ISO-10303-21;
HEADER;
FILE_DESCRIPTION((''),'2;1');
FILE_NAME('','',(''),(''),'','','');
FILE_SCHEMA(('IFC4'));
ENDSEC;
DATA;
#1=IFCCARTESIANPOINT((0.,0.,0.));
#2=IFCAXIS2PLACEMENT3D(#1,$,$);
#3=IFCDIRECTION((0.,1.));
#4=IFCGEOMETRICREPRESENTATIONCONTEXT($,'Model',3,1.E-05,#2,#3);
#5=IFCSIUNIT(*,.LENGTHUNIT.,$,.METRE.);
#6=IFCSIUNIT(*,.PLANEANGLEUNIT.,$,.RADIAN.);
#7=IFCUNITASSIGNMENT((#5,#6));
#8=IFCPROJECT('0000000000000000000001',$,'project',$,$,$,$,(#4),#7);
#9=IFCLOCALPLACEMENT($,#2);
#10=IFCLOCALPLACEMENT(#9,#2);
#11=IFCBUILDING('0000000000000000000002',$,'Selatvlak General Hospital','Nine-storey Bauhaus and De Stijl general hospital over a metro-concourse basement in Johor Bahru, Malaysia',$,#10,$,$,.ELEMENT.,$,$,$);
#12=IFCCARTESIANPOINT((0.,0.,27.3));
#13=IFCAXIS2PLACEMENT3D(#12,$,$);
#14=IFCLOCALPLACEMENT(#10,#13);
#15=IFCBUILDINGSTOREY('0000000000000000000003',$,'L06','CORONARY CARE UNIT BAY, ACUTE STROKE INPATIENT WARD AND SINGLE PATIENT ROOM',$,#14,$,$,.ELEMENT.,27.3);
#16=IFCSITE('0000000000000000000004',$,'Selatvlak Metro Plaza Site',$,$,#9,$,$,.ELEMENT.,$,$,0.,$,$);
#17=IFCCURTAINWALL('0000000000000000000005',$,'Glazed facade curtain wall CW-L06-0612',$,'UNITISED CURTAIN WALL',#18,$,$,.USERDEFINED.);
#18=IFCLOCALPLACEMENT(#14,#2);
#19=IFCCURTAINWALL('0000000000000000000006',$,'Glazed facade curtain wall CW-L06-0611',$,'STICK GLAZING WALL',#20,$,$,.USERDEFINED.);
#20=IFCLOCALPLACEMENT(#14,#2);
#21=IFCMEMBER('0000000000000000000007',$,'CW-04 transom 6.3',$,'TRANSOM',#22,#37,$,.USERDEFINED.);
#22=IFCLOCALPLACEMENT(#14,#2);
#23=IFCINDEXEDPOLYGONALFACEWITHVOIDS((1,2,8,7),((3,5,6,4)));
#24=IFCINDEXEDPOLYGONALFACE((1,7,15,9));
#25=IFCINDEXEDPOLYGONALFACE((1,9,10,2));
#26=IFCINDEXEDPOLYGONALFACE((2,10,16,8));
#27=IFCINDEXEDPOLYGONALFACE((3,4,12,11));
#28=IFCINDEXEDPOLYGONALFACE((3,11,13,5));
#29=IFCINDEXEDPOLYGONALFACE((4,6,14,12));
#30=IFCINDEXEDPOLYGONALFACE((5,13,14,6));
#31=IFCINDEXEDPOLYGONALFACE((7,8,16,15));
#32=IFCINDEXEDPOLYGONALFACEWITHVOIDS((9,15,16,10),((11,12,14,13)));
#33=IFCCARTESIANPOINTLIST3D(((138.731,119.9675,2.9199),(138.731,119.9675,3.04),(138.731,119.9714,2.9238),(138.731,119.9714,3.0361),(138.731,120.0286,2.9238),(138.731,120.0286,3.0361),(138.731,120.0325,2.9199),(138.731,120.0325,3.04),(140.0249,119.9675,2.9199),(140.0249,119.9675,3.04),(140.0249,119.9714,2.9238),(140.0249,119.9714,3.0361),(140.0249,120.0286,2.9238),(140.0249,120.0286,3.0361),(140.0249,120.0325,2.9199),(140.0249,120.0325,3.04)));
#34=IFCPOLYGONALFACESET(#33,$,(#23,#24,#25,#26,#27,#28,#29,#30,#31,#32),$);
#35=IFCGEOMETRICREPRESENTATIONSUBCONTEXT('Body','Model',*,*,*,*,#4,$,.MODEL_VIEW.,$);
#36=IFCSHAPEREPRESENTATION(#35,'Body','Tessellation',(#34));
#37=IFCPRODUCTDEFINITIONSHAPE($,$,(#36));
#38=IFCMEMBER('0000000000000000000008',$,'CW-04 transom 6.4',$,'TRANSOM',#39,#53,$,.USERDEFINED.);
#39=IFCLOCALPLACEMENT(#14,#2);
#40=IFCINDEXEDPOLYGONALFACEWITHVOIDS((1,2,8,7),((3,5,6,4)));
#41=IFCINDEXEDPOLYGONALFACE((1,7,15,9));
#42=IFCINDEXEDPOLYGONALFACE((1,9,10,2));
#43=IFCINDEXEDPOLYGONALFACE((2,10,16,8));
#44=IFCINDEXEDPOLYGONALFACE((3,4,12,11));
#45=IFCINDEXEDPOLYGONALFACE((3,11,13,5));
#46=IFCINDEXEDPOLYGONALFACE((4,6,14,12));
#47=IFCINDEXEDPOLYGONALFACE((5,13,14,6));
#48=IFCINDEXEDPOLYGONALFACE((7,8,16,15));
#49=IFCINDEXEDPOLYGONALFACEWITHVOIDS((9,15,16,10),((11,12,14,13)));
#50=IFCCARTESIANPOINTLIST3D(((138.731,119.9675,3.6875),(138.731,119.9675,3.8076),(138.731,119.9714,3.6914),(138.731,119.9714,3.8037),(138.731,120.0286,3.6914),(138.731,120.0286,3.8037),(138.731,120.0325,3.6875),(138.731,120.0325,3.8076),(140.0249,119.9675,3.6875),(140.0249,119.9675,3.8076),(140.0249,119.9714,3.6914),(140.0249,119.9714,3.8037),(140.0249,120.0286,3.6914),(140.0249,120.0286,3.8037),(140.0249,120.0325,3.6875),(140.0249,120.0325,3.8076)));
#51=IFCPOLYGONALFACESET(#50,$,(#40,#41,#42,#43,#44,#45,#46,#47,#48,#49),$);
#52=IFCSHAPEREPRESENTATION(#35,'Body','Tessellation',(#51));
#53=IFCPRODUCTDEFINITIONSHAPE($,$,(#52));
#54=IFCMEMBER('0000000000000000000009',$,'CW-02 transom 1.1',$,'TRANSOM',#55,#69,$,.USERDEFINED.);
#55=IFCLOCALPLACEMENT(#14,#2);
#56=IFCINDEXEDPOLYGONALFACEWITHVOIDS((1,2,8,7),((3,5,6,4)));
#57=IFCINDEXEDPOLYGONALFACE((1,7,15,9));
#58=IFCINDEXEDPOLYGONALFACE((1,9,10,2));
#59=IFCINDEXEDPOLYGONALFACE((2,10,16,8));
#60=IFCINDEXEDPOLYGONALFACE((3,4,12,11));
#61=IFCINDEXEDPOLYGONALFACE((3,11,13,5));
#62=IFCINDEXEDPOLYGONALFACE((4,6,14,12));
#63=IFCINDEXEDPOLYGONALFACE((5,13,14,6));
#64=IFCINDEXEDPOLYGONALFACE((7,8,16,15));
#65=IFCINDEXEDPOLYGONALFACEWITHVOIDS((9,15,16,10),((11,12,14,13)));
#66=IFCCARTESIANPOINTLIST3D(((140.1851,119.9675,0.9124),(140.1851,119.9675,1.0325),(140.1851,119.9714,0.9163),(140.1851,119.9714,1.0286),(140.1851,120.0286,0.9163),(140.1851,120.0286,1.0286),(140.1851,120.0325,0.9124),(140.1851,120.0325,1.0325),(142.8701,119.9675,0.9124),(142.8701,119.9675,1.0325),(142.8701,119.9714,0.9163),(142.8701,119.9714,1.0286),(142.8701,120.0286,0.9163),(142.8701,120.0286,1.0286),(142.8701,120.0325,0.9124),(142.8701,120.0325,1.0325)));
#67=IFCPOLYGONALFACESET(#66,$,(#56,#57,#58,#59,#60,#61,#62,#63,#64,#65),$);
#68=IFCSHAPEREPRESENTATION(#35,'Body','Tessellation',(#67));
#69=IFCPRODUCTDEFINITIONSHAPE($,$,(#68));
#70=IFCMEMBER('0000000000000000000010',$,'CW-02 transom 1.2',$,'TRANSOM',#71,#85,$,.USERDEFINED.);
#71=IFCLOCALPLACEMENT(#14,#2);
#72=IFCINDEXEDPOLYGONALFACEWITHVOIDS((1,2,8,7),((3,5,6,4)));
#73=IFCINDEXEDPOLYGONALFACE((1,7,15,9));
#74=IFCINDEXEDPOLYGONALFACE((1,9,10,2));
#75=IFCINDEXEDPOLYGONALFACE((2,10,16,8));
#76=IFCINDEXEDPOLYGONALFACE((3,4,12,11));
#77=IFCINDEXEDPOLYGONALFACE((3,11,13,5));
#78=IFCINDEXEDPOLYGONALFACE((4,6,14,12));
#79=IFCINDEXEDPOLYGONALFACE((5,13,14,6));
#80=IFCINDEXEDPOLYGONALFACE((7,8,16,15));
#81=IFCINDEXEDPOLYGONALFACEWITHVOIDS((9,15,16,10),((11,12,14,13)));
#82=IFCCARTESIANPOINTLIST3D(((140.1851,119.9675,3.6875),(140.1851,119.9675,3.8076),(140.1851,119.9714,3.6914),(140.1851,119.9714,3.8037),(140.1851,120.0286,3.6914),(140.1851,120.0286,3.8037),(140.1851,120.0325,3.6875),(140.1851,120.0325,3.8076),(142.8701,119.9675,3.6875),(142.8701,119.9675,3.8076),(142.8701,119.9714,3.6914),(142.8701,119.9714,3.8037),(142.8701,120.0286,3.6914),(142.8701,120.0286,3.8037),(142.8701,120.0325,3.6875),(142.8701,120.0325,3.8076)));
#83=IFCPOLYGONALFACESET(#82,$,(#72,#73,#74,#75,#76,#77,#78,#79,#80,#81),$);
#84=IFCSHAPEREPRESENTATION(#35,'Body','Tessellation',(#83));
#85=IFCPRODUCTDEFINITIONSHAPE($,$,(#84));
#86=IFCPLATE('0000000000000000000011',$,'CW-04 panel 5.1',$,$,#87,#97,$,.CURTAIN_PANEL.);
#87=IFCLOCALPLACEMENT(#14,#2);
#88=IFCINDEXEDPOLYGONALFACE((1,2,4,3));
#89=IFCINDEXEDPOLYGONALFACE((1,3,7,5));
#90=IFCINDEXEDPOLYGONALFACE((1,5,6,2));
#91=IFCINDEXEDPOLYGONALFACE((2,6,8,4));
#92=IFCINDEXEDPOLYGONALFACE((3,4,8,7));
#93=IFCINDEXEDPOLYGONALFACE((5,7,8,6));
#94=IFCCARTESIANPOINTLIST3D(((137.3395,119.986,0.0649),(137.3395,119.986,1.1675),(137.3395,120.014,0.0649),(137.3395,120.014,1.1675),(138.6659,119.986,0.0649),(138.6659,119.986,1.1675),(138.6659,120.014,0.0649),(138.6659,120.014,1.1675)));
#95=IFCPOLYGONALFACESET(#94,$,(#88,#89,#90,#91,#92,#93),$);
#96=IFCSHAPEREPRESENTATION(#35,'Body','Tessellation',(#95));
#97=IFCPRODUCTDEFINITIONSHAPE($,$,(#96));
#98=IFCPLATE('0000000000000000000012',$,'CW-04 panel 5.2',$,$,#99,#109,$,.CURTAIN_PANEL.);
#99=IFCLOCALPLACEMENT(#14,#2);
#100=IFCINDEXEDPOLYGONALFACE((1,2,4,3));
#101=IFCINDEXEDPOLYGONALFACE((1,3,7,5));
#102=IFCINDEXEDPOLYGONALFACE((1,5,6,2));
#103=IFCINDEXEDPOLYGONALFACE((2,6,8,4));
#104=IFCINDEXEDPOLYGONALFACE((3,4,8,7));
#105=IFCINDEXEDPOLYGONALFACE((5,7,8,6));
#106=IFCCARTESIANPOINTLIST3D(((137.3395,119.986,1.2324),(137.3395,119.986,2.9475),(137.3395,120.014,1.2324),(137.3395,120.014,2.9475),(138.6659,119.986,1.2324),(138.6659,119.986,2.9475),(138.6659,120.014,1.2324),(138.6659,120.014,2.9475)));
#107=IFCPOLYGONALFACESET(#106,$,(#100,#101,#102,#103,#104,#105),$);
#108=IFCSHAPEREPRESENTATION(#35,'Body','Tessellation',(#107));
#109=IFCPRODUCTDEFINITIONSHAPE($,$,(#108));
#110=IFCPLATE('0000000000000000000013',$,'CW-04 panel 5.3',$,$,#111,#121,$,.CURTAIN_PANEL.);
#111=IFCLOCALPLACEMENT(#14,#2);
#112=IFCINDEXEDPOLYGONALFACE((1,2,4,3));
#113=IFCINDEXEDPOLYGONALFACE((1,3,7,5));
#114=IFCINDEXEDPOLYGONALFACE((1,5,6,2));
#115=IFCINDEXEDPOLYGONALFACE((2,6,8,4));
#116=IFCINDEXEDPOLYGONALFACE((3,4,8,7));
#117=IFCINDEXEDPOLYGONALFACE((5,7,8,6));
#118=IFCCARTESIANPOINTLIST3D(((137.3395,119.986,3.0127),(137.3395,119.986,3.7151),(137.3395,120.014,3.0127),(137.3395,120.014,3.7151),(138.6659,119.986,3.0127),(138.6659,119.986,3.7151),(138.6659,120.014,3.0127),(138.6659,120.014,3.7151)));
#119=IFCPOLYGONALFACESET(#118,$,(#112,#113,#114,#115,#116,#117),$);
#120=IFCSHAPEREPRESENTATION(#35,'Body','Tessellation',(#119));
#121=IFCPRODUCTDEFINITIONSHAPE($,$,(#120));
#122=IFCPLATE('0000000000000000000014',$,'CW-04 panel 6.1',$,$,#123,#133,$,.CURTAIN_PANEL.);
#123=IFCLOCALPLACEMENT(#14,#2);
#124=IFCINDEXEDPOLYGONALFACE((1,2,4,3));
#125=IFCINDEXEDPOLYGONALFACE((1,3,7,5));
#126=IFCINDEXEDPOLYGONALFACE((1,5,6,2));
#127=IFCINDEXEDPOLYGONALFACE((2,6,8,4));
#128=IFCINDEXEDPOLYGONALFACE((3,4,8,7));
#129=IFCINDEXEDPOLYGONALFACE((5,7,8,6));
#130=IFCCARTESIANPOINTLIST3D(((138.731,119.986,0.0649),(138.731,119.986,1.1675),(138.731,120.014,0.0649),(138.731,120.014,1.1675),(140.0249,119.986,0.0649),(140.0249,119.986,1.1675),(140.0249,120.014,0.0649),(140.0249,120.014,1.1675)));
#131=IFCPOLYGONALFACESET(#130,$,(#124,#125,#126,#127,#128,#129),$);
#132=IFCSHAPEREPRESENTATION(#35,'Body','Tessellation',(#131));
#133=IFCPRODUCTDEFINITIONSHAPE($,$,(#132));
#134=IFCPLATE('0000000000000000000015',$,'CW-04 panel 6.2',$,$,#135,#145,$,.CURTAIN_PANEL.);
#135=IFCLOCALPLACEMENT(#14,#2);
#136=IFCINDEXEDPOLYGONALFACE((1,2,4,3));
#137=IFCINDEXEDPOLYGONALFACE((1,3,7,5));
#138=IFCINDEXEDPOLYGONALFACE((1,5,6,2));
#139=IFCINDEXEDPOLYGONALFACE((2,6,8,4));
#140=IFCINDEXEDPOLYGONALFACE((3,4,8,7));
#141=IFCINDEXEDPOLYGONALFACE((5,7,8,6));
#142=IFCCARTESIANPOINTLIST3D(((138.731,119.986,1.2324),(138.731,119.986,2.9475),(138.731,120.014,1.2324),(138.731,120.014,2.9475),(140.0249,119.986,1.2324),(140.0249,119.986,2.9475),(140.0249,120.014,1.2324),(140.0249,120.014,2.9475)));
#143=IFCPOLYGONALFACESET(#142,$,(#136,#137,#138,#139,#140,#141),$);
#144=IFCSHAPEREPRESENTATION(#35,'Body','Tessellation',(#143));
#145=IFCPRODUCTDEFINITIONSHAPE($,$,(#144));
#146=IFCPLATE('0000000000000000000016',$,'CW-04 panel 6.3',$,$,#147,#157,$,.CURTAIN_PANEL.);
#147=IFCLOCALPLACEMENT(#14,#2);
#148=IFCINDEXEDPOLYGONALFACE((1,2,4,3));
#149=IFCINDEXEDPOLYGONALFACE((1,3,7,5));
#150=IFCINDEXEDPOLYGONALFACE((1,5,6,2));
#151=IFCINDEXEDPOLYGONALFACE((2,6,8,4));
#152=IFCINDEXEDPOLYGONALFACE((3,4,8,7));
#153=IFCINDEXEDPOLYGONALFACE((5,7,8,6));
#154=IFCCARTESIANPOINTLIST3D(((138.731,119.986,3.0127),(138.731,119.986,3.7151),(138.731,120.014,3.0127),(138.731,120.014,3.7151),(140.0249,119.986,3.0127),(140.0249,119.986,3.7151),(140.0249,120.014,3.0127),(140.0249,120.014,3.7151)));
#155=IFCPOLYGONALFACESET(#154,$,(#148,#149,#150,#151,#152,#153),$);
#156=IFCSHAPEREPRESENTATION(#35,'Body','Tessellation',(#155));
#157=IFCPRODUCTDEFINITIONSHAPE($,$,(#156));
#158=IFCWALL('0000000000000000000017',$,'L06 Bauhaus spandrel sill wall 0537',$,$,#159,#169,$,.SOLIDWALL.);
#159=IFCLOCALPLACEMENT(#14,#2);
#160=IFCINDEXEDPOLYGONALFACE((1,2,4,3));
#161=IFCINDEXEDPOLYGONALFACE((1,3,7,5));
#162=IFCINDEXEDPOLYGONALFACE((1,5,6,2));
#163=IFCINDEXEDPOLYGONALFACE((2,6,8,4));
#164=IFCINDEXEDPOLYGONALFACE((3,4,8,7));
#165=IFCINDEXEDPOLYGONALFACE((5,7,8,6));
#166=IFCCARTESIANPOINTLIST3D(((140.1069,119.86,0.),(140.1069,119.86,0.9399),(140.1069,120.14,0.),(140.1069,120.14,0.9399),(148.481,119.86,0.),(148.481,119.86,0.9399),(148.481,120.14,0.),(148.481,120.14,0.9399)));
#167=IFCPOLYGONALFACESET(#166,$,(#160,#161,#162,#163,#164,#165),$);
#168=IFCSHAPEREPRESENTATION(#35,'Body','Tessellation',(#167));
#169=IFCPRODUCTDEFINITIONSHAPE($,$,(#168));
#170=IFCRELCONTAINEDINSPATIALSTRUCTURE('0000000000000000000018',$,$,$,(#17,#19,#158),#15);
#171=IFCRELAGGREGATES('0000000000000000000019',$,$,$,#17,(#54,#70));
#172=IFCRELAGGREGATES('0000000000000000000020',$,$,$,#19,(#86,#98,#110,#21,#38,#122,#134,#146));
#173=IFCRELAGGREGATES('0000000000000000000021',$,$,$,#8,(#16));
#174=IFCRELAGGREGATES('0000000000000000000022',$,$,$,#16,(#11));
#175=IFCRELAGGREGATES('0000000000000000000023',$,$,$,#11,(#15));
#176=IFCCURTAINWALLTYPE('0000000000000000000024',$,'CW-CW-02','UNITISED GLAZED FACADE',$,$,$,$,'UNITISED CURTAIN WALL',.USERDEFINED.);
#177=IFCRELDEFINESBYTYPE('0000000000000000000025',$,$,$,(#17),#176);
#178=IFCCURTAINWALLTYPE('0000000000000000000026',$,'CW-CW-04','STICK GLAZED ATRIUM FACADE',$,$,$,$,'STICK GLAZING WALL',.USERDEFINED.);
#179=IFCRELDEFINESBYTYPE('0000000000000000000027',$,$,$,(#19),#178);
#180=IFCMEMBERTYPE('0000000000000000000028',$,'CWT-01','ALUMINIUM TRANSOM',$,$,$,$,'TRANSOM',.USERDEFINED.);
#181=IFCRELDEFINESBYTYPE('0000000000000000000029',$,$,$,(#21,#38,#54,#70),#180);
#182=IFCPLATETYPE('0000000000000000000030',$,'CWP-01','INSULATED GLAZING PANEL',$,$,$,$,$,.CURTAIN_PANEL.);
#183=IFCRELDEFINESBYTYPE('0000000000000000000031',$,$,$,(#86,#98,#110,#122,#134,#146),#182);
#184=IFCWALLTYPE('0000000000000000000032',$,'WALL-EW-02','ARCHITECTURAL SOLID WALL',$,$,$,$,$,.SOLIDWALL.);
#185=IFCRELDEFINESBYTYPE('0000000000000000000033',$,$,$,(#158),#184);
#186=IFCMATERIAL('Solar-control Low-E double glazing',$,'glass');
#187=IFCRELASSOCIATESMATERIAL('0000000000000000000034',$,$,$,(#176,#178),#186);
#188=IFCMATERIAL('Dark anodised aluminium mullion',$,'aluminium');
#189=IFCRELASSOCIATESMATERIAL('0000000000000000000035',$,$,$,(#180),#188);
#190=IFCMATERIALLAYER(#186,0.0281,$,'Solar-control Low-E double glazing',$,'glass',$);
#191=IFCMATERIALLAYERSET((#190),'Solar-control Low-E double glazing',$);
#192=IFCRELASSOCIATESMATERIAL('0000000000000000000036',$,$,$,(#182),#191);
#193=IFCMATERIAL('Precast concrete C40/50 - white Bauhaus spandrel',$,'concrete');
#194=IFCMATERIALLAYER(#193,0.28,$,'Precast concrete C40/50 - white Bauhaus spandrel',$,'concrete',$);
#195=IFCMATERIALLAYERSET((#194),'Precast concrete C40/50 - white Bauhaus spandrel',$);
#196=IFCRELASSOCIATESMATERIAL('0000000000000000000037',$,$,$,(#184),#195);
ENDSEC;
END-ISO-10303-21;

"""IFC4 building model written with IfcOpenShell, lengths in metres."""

from ifc_helpers import new_model, si_unit, direction, frame, frame_2d, origin, origin_2d, place, context, subcontext, project, spatial, rectangle, hollow_rectangle, extrude, material, layer, layer_set, material_profile, profile_set, type_object, element, aggregate, save


model = new_model("IFC4")

# Units and contexts
model_context = context("Model", 3, precision=1e-05, world=origin(), true_north=direction((0.0, 1.0)))
body_context = subcontext(model_context, "Body", "Model", "MODEL_VIEW")
ifc_project = project(units=[si_unit("LENGTHUNIT", "METRE"), si_unit("PLANEANGLEUNIT", "RADIAN")], contexts=[model_context])

# Site, building, storey
site_placement = place(None, origin())
site = spatial("IfcSite", under=ifc_project, at=site_placement, Name="Selatvlak Metro Plaza Site", CompositionType="ELEMENT", RefElevation=0.0)
building_placement = place(site_placement, origin())
building = spatial("IfcBuilding", under=site, at=building_placement, Name="Selatvlak General Hospital", Description="Nine-storey Bauhaus and De Stijl general hospital over a metro-concourse basement in Johor Bahru, Malaysia", CompositionType="ELEMENT")
storey_placement = place(building_placement, frame((0.0, 0.0, 27.3)))
storey = spatial("IfcBuildingStorey", under=building, at=storey_placement, Name="L06", Description="CORONARY CARE UNIT BAY, ACUTE STROKE INPATIENT WARD AND SINGLE PATIENT ROOM", CompositionType="ELEMENT", Elevation=27.3)

# Curtain wall
ifc_material_1 = material(Name="Solar-control Low-E double glazing", Category="glass")
curtain_wall_type_1 = type_object("IfcCurtainWallType", Name="CW-CW-02", Description="UNITISED GLAZED FACADE", ElementType="UNITISED CURTAIN WALL", PredefinedType="USERDEFINED", material=ifc_material_1)
curtain_wall_1_placement = place(storey_placement, origin())
curtain_wall_1 = element("IfcCurtainWall", 1, at=curtain_wall_1_placement, inside=storey, type_object=curtain_wall_type_1, Name="Glazed facade curtain wall CW-L06-0612", ObjectType="UNITISED CURTAIN WALL", PredefinedType="USERDEFINED")
ifc_material_2 = material(Name="Dark anodised aluminium mullion", Category="aluminium")

# Curtain wall, members
curtain_wall_type_2 = type_object("IfcCurtainWallType", Name="CW-CW-04", Description="STICK GLAZED ATRIUM FACADE", ElementType="STICK GLAZING WALL", PredefinedType="USERDEFINED", material=ifc_material_1)
curtain_wall_2_placement = place(storey_placement, origin())
curtain_wall_2 = element("IfcCurtainWall", 2, at=curtain_wall_2_placement, inside=storey, type_object=curtain_wall_type_2, Name="Glazed facade curtain wall CW-L06-0611", ObjectType="STICK GLAZING WALL", PredefinedType="USERDEFINED")
ifc_material_profile_1 = material_profile(ifc_material_2, hollow_rectangle(XDim=0.0649, YDim=0.1201, WallThickness=0.0039, at=origin_2d()), Name="AL-TRN 65x120x4")
ifc_profile_set_1 = profile_set([ifc_material_profile_1], Name="Dark anodised aluminium mullion")
member_type_1 = type_object("IfcMemberType", Name="CWT-01", Description="ALUMINIUM TRANSOM", ElementType="TRANSOM", PredefinedType="USERDEFINED", material=ifc_profile_set_1)
member_1_placement = place(storey_placement, frame((138.731, 120.0, 2.98), z_axis=(1.0, 0.0, 0.0), x_axis=(0.0, 1.0, 0.0)))
member_1 = element("IfcMember", 3, at=member_1_placement, type_object=member_type_1, Name="CW-04 transom 6.3", ObjectType="TRANSOM", PredefinedType="USERDEFINED", context=body_context, shape_type="SweptSolid", body=[
    extrude(hollow_rectangle(XDim=0.0649, YDim=0.1201, WallThickness=0.0039, at=origin_2d()), origin(), (0.0, 0.0, 1.0), 1.2939),
])
member_2_placement = place(storey_placement, frame((138.731, 120.0, 3.7476), z_axis=(1.0, 0.0, 0.0), x_axis=(0.0, 1.0, 0.0)))
member_2 = element("IfcMember", 4, at=member_2_placement, type_object=member_type_1, Name="CW-04 transom 6.4", ObjectType="TRANSOM", PredefinedType="USERDEFINED", context=body_context, shape_type="SweptSolid", body=[
    extrude(hollow_rectangle(XDim=0.0649, YDim=0.1201, WallThickness=0.0039, at=origin_2d()), origin(), (0.0, 0.0, 1.0), 1.2939),
])

# Members
member_3_placement = place(storey_placement, frame((140.1851, 120.0, 0.9724), z_axis=(1.0, 0.0, 0.0), x_axis=(0.0, 1.0, 0.0)))
member_3 = element("IfcMember", 5, at=member_3_placement, type_object=member_type_1, Name="CW-02 transom 1.1", ObjectType="TRANSOM", PredefinedType="USERDEFINED", context=body_context, shape_type="SweptSolid", body=[
    extrude(hollow_rectangle(XDim=0.0649, YDim=0.1201, WallThickness=0.0039, at=origin_2d()), origin(), (0.0, 0.0, 1.0), 2.6851),
])
member_4_placement = place(storey_placement, frame((140.1851, 120.0, 3.7476), z_axis=(1.0, 0.0, 0.0), x_axis=(0.0, 1.0, 0.0)))
member_4 = element("IfcMember", 6, at=member_4_placement, type_object=member_type_1, Name="CW-02 transom 1.2", ObjectType="TRANSOM", PredefinedType="USERDEFINED", context=body_context, shape_type="SweptSolid", body=[
    extrude(hollow_rectangle(XDim=0.0649, YDim=0.1201, WallThickness=0.0039, at=origin_2d()), origin(), (0.0, 0.0, 1.0), 2.6851),
])
aggregate(curtain_wall_1, [member_3, member_4])

# Plates
ifc_layer_1 = layer(ifc_material_1, 0.0281, Name="Solar-control Low-E double glazing", Category="glass")
ifc_layer_set_1 = layer_set([ifc_layer_1], Name="Solar-control Low-E double glazing")
plate_type = type_object("IfcPlateType", Name="CWP-01", Description="INSULATED GLAZING PANEL", PredefinedType="CURTAIN_PANEL", material=ifc_layer_set_1)
plate_1_placement = place(storey_placement, frame((138.0027, 120.0, 0.0649), z_axis=(0.0, 0.0, 1.0), x_axis=(1.0, 0.0, 0.0)))
plate_1 = element("IfcPlate", 7, at=plate_1_placement, type_object=plate_type, Name="CW-04 panel 5.1", PredefinedType="CURTAIN_PANEL", context=body_context, shape_type="SweptSolid", body=[
    extrude(rectangle(XDim=1.3264, YDim=0.0281, at=origin_2d()), origin(), (0.0, 0.0, 1.0), 1.1025),
])
plate_2_placement = place(storey_placement, frame((138.0027, 120.0, 1.2324), z_axis=(0.0, 0.0, 1.0), x_axis=(1.0, 0.0, 0.0)))
plate_2 = element("IfcPlate", 8, at=plate_2_placement, type_object=plate_type, Name="CW-04 panel 5.2", PredefinedType="CURTAIN_PANEL", context=body_context, shape_type="SweptSolid", body=[
    extrude(rectangle(XDim=1.3264, YDim=0.0281, at=origin_2d()), origin(), (0.0, 0.0, 1.0), 1.7151),
])
plate_3_placement = place(storey_placement, frame((138.0027, 120.0, 3.0127), z_axis=(0.0, 0.0, 1.0), x_axis=(1.0, 0.0, 0.0)))
plate_3 = element("IfcPlate", 9, at=plate_3_placement, type_object=plate_type, Name="CW-04 panel 5.3", PredefinedType="CURTAIN_PANEL", context=body_context, shape_type="SweptSolid", body=[
    extrude(rectangle(XDim=1.3264, YDim=0.0281, at=origin_2d()), origin(), (0.0, 0.0, 1.0), 0.7024),
])
plate_4_placement = place(storey_placement, frame((139.3779, 120.0, 0.0649), z_axis=(0.0, 0.0, 1.0), x_axis=(1.0, 0.0, 0.0)))
plate_4 = element("IfcPlate", 10, at=plate_4_placement, type_object=plate_type, Name="CW-04 panel 6.1", PredefinedType="CURTAIN_PANEL", context=body_context, shape_type="SweptSolid", body=[
    extrude(rectangle(XDim=1.2939, YDim=0.0281, at=origin_2d()), origin(), (0.0, 0.0, 1.0), 1.1025),
])
plate_5_placement = place(storey_placement, frame((139.3779, 120.0, 1.2324), z_axis=(0.0, 0.0, 1.0), x_axis=(1.0, 0.0, 0.0)))
plate_5 = element("IfcPlate", 11, at=plate_5_placement, type_object=plate_type, Name="CW-04 panel 6.2", PredefinedType="CURTAIN_PANEL", context=body_context, shape_type="SweptSolid", body=[
    extrude(rectangle(XDim=1.2939, YDim=0.0281, at=origin_2d()), origin(), (0.0, 0.0, 1.0), 1.7151),
])
plate_6_placement = place(storey_placement, frame((139.3779, 120.0, 3.0127), z_axis=(0.0, 0.0, 1.0), x_axis=(1.0, 0.0, 0.0)))
plate_6 = element("IfcPlate", 12, at=plate_6_placement, type_object=plate_type, Name="CW-04 panel 6.3", PredefinedType="CURTAIN_PANEL", context=body_context, shape_type="SweptSolid", body=[
    extrude(rectangle(XDim=1.2939, YDim=0.0281, at=origin_2d()), origin(), (0.0, 0.0, 1.0), 0.7024),
])
aggregate(curtain_wall_2, [plate_1, plate_2, plate_3, member_1, member_2, plate_4, plate_5, plate_6])

# Wall
ifc_material_3 = material(Name="Precast concrete C40/50 - white Bauhaus spandrel", Category="concrete")
ifc_layer_2 = layer(ifc_material_3, 0.28, Name="Precast concrete C40/50 - white Bauhaus spandrel", Category="concrete")
ifc_layer_set_2 = layer_set([ifc_layer_2], Name="Precast concrete C40/50 - white Bauhaus spandrel")
wall_type = type_object("IfcWallType", Name="WALL-EW-02", Description="ARCHITECTURAL SOLID WALL", PredefinedType="SOLIDWALL", material=ifc_layer_set_2)
wall_placement = place(storey_placement, frame((140.1069, 120.0, 0.0), z_axis=(0.0, 0.0, 1.0), x_axis=(1.0, 0.0, 0.0)))
element("IfcWall", 13, at=wall_placement, inside=storey, type_object=wall_type, Name="L06 Bauhaus spandrel sill wall 0537", PredefinedType="SOLIDWALL", context=body_context, shape_type="SweptSolid", body=[
    extrude(rectangle(XDim=8.374, YDim=0.28, at=frame_2d((4.187, 0.0))), origin(), (0.0, 0.0, 1.0), 0.9399),
])

save(model, "model.ifc")
